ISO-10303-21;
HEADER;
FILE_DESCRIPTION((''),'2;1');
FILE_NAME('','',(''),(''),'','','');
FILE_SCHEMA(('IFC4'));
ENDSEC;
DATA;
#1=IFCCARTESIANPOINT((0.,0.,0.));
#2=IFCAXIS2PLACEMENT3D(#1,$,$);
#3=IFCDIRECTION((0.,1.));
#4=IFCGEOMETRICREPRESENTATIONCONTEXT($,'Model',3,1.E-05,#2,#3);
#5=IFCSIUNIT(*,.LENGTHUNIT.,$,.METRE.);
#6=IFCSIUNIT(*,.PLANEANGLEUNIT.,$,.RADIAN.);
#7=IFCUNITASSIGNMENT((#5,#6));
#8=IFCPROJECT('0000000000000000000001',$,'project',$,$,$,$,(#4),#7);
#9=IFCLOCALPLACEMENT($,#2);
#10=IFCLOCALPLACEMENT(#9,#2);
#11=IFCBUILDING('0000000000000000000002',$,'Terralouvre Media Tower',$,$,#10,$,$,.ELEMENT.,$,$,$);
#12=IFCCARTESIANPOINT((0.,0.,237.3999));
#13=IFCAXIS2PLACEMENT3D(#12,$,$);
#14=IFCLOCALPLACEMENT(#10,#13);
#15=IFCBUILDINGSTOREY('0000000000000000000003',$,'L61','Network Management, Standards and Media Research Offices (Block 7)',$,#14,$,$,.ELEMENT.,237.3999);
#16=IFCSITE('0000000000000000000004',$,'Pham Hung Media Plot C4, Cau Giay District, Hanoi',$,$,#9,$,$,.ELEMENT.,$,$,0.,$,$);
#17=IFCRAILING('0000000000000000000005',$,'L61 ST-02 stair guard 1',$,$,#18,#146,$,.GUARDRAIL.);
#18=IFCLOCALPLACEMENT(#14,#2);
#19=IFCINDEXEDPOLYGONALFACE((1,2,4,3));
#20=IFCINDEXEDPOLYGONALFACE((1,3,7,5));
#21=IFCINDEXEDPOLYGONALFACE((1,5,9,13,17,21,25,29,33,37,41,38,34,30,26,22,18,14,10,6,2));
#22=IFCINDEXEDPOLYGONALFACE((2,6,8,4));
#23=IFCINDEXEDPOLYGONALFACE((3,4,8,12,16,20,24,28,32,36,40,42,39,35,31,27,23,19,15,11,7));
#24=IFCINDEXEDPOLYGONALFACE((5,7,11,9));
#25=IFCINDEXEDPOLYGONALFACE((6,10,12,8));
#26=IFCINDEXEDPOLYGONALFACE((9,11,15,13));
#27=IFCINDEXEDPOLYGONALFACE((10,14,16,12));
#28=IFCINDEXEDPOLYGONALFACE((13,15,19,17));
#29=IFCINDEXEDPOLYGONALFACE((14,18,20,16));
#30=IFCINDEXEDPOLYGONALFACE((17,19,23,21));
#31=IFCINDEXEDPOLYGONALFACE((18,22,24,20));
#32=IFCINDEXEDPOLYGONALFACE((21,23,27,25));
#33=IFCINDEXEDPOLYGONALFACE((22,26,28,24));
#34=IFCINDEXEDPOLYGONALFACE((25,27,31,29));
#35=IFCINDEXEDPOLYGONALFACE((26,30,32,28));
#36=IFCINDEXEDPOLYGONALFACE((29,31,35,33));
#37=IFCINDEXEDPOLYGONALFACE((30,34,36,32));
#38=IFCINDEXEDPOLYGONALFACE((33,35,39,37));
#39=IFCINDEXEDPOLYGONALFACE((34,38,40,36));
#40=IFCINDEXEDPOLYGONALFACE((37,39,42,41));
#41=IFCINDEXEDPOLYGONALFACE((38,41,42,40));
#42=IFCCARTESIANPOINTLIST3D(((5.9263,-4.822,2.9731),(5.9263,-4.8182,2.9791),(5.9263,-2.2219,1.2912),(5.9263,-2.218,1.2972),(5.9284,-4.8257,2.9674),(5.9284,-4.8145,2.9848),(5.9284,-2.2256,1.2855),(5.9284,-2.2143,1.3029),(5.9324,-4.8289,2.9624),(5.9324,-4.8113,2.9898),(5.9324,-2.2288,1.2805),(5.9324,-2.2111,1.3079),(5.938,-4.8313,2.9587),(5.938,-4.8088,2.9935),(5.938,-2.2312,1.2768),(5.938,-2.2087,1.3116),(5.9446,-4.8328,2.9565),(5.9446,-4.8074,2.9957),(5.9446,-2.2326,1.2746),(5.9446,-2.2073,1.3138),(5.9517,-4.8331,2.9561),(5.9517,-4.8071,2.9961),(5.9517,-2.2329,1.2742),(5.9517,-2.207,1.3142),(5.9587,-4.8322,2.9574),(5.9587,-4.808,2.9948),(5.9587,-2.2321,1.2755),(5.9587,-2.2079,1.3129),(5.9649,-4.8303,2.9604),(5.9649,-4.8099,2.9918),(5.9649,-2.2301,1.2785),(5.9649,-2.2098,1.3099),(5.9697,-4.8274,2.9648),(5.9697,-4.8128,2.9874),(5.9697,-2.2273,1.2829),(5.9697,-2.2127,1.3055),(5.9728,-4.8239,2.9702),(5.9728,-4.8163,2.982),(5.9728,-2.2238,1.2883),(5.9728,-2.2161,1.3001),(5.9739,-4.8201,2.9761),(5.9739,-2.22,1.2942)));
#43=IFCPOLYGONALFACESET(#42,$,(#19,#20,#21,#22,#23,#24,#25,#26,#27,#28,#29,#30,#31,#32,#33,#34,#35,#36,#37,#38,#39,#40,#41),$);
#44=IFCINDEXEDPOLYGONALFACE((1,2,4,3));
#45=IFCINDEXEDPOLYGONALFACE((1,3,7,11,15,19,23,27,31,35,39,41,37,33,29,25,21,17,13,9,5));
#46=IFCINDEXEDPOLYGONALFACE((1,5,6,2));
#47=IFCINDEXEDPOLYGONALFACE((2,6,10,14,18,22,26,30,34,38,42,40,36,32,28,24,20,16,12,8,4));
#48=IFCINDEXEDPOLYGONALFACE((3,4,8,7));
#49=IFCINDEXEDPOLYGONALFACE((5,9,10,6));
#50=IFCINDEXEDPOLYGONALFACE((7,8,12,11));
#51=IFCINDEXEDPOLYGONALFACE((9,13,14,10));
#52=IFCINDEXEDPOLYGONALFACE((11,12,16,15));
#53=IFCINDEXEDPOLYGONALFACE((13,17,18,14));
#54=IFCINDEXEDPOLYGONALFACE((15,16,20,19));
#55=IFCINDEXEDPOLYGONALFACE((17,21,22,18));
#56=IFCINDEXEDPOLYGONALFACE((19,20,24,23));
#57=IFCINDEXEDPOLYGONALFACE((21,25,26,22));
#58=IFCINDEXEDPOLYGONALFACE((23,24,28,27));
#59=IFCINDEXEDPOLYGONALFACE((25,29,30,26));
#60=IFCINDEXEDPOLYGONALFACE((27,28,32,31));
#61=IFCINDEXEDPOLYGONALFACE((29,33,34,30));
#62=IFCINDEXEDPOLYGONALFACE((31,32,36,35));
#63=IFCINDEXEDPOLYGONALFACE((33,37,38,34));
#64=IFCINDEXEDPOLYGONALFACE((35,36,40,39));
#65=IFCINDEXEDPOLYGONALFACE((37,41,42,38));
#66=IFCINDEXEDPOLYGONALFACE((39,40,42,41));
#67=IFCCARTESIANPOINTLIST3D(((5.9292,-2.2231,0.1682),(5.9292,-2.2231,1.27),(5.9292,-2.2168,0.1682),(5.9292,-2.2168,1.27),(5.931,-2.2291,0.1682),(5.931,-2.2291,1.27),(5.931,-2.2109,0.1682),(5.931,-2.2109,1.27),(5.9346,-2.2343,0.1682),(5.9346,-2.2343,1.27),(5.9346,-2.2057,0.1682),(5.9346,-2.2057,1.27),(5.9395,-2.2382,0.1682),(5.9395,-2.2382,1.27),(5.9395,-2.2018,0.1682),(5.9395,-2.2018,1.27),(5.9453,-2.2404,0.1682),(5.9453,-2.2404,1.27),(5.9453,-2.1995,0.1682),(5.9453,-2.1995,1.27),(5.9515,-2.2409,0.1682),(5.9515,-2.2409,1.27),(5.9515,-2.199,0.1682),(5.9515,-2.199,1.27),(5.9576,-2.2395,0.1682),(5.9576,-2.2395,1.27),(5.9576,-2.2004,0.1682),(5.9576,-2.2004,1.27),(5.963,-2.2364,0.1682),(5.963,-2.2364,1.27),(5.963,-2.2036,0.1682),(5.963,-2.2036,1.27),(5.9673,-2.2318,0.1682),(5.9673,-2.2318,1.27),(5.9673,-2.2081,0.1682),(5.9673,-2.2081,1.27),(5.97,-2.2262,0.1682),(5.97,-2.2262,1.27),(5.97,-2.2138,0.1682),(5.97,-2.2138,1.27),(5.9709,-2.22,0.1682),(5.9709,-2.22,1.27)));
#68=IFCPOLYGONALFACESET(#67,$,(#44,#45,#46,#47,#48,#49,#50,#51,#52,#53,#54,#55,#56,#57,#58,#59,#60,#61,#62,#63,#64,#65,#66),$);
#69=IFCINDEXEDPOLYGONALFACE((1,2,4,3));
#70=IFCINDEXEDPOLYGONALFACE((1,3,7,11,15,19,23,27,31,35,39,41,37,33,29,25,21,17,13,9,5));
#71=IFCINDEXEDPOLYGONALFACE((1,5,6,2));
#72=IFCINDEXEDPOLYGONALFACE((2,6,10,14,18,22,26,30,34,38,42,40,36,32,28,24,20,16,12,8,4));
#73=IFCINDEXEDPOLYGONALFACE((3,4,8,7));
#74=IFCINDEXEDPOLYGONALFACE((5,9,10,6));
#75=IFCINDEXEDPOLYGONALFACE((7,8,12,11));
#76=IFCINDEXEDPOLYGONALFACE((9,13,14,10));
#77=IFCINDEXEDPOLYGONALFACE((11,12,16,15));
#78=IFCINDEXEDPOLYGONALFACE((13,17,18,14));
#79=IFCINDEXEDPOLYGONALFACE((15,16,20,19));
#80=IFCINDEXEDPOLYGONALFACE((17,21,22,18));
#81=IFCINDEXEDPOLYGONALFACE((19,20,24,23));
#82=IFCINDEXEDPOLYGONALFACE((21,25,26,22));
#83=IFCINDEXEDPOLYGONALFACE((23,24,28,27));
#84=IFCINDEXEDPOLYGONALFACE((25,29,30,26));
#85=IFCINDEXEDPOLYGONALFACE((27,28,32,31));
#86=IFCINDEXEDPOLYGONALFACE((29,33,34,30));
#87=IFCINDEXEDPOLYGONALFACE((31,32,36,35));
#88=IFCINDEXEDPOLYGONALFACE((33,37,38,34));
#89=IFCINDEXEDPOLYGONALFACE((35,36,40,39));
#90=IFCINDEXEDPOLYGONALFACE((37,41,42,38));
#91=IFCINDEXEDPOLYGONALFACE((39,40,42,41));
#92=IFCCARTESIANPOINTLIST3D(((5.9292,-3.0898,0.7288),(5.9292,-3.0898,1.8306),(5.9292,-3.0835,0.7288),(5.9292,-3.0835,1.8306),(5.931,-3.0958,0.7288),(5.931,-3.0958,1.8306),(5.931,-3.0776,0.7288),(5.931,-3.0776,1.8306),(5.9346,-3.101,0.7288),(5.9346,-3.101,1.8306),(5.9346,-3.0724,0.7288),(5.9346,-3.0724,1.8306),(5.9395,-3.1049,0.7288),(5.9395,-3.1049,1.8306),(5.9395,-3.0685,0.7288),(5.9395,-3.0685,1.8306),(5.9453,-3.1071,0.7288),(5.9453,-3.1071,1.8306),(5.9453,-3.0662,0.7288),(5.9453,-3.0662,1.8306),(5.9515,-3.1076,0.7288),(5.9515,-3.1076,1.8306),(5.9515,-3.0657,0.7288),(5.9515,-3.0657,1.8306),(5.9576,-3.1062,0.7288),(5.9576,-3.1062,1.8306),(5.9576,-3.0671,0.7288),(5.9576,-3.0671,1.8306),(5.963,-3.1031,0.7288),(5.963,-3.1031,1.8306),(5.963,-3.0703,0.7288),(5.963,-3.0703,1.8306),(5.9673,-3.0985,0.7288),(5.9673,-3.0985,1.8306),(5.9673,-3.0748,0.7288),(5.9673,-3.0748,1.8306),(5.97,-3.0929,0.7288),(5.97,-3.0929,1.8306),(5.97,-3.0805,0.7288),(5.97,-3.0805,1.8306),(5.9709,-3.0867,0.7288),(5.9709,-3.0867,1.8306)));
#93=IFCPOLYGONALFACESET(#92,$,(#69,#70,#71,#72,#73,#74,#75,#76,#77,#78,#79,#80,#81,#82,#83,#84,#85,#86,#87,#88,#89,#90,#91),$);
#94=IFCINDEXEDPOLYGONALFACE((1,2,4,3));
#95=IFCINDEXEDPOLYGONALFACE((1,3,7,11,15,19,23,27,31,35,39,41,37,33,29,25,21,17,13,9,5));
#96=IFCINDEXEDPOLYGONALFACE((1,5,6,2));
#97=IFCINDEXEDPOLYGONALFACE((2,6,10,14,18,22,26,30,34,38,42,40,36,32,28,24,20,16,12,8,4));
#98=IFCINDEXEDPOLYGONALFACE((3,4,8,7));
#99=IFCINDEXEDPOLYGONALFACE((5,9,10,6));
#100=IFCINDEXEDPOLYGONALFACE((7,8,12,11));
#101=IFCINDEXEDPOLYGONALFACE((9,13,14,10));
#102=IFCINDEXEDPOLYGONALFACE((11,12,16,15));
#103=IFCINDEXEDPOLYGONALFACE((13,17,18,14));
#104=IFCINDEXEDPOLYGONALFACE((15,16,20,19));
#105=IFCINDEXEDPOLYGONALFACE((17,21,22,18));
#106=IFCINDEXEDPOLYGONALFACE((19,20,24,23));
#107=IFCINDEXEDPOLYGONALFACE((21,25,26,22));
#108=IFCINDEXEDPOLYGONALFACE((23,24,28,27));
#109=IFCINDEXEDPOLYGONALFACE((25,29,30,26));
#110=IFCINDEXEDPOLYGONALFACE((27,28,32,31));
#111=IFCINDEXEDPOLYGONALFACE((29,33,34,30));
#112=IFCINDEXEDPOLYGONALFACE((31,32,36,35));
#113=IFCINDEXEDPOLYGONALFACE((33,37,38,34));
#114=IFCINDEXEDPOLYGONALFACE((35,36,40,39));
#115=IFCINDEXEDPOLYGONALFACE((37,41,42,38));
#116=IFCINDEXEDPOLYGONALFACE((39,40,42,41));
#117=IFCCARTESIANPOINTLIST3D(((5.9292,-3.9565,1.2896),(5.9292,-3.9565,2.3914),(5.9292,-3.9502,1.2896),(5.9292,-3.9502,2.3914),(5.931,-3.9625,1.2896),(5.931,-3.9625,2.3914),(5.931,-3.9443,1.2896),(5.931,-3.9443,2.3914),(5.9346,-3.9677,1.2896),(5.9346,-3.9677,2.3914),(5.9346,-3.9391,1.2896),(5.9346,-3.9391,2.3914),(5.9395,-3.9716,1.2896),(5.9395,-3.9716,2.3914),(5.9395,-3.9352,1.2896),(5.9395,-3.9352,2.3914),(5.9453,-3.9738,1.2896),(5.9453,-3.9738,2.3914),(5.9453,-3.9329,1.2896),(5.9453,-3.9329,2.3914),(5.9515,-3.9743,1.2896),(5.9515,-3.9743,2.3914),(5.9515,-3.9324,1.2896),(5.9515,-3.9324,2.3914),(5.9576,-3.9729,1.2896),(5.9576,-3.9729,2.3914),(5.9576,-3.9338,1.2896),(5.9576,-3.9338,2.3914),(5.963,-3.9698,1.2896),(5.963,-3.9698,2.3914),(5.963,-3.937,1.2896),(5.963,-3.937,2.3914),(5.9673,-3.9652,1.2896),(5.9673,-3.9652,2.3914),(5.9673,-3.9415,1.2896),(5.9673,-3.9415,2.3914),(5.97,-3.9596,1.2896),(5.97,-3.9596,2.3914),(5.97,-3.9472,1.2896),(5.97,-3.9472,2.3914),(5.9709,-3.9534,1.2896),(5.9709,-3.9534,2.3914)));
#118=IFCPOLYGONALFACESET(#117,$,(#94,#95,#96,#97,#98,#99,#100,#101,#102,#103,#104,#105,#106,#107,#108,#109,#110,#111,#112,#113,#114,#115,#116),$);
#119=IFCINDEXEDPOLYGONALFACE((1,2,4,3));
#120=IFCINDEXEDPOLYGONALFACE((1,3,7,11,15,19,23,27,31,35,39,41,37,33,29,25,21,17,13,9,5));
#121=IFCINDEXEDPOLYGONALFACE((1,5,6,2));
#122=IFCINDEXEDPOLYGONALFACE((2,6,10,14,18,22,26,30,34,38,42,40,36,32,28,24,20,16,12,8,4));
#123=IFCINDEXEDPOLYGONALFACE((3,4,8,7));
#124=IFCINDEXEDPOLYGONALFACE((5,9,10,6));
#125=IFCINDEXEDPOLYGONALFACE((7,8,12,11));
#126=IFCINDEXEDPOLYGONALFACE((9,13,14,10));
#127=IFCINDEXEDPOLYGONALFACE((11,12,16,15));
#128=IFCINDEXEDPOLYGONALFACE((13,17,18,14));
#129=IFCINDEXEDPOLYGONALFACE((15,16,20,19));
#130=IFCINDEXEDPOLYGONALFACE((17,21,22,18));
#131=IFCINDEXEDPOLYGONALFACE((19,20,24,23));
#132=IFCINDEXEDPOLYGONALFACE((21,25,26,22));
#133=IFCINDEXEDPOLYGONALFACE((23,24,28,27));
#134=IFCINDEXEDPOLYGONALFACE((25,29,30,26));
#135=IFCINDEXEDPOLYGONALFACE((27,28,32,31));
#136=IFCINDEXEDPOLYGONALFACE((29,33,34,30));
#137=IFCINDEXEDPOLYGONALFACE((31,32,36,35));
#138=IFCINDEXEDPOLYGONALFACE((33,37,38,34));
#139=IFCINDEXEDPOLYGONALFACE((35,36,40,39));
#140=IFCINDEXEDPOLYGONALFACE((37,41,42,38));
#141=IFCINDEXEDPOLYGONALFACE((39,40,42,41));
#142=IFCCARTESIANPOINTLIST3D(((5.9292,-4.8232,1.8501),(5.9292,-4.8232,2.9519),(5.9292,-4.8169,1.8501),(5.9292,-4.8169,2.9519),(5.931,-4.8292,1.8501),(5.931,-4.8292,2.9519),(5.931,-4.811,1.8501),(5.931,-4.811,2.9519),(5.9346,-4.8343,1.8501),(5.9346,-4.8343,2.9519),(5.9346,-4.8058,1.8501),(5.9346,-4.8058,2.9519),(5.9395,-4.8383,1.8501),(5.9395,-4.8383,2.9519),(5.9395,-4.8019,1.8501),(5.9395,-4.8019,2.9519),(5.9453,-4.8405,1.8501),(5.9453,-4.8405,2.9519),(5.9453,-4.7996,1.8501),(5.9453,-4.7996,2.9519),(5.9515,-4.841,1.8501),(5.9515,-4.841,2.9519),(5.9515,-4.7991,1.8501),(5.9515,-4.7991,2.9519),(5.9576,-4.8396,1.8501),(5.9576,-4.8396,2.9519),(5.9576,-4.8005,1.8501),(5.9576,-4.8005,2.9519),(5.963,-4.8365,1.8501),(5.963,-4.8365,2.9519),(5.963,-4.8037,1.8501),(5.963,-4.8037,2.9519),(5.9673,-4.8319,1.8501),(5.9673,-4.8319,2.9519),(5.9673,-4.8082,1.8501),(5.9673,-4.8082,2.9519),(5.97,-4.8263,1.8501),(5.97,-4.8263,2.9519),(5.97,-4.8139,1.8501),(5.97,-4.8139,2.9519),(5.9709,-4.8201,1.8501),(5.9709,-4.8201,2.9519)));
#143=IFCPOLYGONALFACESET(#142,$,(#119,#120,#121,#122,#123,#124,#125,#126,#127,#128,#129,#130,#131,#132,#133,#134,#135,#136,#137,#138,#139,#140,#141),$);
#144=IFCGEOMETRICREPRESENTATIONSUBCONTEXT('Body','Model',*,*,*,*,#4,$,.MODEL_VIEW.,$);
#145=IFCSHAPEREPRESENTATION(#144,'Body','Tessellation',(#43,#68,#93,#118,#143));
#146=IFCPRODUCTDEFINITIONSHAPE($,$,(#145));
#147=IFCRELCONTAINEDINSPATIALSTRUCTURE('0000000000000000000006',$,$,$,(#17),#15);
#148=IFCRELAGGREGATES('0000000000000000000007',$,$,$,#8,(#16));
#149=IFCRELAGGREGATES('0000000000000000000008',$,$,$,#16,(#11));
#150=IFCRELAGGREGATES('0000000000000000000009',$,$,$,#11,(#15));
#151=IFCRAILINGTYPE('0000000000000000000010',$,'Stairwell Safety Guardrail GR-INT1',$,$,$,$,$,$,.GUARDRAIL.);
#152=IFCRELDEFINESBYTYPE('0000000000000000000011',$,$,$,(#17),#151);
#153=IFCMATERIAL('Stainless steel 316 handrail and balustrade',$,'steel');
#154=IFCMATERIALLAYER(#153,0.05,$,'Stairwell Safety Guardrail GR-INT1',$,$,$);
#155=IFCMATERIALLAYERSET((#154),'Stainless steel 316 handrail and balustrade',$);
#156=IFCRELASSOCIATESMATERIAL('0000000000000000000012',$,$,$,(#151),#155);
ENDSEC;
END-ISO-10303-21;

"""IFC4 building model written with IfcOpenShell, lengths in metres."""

from ifc_helpers import new_model, si_unit, direction, frame, origin, origin_2d, place, context, subcontext, project, spatial, circle, extrude, material, layer, layer_set, type_object, element, save


model = new_model("IFC4")

# Units and contexts
model_context = context("Model", 3, precision=1e-05, world=origin(), true_north=direction((0.0, 1.0)))
body_context = subcontext(model_context, "Body", "Model", "MODEL_VIEW")
ifc_project = project(units=[si_unit("LENGTHUNIT", "METRE"), si_unit("PLANEANGLEUNIT", "RADIAN")], contexts=[model_context])

# Site, building, storey
site_placement = place(None, origin())
site = spatial("IfcSite", under=ifc_project, at=site_placement, Name="Pham Hung Media Plot C4, Cau Giay District, Hanoi", CompositionType="ELEMENT", RefElevation=0.0)
building_placement = place(site_placement, origin())
building = spatial("IfcBuilding", under=site, at=building_placement, Name="Terralouvre Media Tower", CompositionType="ELEMENT")
storey_placement = place(building_placement, frame((0.0, 0.0, 237.3999)))
storey = spatial("IfcBuildingStorey", under=building, at=storey_placement, Name="L61", Description="Network Management, Standards and Media Research Offices (Block 7)", CompositionType="ELEMENT", Elevation=237.3999)

# Railing
ifc_material_1 = material(Name="Stainless steel 316 handrail and balustrade", Category="steel")
ifc_layer_1 = layer(ifc_material_1, 0.05, Name="Stairwell Safety Guardrail GR-INT1")
ifc_layer_set_1 = layer_set([ifc_layer_1], Name="Stainless steel 316 handrail and balustrade")
railing_type_1 = type_object("IfcRailingType", Name="Stairwell Safety Guardrail GR-INT1", PredefinedType="GUARDRAIL", material=ifc_layer_set_1)
railing_1_placement = place(storey_placement, frame((5.95, -2.22, 0.1682)))
element("IfcRailing", 1, at=railing_1_placement, inside=storey, type_object=railing_type_1, Name="L61 ST-02 stair guard 1", PredefinedType="GUARDRAIL", context=body_context, shape_type="SweptSolid", body=[
    extrude(circle(Radius=0.0239, at=origin_2d()), frame((0.0, 0.0, 1.126), z_axis=(0.0, -0.839648, 0.54313), x_axis=(1.0, 0.0, 0.0)), (0.0, 0.0, 1.0), 3.0967),
    extrude(circle(Radius=0.021, at=origin_2d()), origin(), (0.0, 0.0, 1.0), 1.1018),
    extrude(circle(Radius=0.021, at=origin_2d()), frame((0.0, -0.8667, 0.5605)), (0.0, 0.0, 1.0), 1.1018),
    extrude(circle(Radius=0.021, at=origin_2d()), frame((0.0, -1.7334, 1.1213)), (0.0, 0.0, 1.0), 1.1018),
    extrude(circle(Radius=0.021, at=origin_2d()), frame((0.0, -2.6001, 1.6819)), (0.0, 0.0, 1.0), 1.1018),
])

save(model, "model.ifc")
